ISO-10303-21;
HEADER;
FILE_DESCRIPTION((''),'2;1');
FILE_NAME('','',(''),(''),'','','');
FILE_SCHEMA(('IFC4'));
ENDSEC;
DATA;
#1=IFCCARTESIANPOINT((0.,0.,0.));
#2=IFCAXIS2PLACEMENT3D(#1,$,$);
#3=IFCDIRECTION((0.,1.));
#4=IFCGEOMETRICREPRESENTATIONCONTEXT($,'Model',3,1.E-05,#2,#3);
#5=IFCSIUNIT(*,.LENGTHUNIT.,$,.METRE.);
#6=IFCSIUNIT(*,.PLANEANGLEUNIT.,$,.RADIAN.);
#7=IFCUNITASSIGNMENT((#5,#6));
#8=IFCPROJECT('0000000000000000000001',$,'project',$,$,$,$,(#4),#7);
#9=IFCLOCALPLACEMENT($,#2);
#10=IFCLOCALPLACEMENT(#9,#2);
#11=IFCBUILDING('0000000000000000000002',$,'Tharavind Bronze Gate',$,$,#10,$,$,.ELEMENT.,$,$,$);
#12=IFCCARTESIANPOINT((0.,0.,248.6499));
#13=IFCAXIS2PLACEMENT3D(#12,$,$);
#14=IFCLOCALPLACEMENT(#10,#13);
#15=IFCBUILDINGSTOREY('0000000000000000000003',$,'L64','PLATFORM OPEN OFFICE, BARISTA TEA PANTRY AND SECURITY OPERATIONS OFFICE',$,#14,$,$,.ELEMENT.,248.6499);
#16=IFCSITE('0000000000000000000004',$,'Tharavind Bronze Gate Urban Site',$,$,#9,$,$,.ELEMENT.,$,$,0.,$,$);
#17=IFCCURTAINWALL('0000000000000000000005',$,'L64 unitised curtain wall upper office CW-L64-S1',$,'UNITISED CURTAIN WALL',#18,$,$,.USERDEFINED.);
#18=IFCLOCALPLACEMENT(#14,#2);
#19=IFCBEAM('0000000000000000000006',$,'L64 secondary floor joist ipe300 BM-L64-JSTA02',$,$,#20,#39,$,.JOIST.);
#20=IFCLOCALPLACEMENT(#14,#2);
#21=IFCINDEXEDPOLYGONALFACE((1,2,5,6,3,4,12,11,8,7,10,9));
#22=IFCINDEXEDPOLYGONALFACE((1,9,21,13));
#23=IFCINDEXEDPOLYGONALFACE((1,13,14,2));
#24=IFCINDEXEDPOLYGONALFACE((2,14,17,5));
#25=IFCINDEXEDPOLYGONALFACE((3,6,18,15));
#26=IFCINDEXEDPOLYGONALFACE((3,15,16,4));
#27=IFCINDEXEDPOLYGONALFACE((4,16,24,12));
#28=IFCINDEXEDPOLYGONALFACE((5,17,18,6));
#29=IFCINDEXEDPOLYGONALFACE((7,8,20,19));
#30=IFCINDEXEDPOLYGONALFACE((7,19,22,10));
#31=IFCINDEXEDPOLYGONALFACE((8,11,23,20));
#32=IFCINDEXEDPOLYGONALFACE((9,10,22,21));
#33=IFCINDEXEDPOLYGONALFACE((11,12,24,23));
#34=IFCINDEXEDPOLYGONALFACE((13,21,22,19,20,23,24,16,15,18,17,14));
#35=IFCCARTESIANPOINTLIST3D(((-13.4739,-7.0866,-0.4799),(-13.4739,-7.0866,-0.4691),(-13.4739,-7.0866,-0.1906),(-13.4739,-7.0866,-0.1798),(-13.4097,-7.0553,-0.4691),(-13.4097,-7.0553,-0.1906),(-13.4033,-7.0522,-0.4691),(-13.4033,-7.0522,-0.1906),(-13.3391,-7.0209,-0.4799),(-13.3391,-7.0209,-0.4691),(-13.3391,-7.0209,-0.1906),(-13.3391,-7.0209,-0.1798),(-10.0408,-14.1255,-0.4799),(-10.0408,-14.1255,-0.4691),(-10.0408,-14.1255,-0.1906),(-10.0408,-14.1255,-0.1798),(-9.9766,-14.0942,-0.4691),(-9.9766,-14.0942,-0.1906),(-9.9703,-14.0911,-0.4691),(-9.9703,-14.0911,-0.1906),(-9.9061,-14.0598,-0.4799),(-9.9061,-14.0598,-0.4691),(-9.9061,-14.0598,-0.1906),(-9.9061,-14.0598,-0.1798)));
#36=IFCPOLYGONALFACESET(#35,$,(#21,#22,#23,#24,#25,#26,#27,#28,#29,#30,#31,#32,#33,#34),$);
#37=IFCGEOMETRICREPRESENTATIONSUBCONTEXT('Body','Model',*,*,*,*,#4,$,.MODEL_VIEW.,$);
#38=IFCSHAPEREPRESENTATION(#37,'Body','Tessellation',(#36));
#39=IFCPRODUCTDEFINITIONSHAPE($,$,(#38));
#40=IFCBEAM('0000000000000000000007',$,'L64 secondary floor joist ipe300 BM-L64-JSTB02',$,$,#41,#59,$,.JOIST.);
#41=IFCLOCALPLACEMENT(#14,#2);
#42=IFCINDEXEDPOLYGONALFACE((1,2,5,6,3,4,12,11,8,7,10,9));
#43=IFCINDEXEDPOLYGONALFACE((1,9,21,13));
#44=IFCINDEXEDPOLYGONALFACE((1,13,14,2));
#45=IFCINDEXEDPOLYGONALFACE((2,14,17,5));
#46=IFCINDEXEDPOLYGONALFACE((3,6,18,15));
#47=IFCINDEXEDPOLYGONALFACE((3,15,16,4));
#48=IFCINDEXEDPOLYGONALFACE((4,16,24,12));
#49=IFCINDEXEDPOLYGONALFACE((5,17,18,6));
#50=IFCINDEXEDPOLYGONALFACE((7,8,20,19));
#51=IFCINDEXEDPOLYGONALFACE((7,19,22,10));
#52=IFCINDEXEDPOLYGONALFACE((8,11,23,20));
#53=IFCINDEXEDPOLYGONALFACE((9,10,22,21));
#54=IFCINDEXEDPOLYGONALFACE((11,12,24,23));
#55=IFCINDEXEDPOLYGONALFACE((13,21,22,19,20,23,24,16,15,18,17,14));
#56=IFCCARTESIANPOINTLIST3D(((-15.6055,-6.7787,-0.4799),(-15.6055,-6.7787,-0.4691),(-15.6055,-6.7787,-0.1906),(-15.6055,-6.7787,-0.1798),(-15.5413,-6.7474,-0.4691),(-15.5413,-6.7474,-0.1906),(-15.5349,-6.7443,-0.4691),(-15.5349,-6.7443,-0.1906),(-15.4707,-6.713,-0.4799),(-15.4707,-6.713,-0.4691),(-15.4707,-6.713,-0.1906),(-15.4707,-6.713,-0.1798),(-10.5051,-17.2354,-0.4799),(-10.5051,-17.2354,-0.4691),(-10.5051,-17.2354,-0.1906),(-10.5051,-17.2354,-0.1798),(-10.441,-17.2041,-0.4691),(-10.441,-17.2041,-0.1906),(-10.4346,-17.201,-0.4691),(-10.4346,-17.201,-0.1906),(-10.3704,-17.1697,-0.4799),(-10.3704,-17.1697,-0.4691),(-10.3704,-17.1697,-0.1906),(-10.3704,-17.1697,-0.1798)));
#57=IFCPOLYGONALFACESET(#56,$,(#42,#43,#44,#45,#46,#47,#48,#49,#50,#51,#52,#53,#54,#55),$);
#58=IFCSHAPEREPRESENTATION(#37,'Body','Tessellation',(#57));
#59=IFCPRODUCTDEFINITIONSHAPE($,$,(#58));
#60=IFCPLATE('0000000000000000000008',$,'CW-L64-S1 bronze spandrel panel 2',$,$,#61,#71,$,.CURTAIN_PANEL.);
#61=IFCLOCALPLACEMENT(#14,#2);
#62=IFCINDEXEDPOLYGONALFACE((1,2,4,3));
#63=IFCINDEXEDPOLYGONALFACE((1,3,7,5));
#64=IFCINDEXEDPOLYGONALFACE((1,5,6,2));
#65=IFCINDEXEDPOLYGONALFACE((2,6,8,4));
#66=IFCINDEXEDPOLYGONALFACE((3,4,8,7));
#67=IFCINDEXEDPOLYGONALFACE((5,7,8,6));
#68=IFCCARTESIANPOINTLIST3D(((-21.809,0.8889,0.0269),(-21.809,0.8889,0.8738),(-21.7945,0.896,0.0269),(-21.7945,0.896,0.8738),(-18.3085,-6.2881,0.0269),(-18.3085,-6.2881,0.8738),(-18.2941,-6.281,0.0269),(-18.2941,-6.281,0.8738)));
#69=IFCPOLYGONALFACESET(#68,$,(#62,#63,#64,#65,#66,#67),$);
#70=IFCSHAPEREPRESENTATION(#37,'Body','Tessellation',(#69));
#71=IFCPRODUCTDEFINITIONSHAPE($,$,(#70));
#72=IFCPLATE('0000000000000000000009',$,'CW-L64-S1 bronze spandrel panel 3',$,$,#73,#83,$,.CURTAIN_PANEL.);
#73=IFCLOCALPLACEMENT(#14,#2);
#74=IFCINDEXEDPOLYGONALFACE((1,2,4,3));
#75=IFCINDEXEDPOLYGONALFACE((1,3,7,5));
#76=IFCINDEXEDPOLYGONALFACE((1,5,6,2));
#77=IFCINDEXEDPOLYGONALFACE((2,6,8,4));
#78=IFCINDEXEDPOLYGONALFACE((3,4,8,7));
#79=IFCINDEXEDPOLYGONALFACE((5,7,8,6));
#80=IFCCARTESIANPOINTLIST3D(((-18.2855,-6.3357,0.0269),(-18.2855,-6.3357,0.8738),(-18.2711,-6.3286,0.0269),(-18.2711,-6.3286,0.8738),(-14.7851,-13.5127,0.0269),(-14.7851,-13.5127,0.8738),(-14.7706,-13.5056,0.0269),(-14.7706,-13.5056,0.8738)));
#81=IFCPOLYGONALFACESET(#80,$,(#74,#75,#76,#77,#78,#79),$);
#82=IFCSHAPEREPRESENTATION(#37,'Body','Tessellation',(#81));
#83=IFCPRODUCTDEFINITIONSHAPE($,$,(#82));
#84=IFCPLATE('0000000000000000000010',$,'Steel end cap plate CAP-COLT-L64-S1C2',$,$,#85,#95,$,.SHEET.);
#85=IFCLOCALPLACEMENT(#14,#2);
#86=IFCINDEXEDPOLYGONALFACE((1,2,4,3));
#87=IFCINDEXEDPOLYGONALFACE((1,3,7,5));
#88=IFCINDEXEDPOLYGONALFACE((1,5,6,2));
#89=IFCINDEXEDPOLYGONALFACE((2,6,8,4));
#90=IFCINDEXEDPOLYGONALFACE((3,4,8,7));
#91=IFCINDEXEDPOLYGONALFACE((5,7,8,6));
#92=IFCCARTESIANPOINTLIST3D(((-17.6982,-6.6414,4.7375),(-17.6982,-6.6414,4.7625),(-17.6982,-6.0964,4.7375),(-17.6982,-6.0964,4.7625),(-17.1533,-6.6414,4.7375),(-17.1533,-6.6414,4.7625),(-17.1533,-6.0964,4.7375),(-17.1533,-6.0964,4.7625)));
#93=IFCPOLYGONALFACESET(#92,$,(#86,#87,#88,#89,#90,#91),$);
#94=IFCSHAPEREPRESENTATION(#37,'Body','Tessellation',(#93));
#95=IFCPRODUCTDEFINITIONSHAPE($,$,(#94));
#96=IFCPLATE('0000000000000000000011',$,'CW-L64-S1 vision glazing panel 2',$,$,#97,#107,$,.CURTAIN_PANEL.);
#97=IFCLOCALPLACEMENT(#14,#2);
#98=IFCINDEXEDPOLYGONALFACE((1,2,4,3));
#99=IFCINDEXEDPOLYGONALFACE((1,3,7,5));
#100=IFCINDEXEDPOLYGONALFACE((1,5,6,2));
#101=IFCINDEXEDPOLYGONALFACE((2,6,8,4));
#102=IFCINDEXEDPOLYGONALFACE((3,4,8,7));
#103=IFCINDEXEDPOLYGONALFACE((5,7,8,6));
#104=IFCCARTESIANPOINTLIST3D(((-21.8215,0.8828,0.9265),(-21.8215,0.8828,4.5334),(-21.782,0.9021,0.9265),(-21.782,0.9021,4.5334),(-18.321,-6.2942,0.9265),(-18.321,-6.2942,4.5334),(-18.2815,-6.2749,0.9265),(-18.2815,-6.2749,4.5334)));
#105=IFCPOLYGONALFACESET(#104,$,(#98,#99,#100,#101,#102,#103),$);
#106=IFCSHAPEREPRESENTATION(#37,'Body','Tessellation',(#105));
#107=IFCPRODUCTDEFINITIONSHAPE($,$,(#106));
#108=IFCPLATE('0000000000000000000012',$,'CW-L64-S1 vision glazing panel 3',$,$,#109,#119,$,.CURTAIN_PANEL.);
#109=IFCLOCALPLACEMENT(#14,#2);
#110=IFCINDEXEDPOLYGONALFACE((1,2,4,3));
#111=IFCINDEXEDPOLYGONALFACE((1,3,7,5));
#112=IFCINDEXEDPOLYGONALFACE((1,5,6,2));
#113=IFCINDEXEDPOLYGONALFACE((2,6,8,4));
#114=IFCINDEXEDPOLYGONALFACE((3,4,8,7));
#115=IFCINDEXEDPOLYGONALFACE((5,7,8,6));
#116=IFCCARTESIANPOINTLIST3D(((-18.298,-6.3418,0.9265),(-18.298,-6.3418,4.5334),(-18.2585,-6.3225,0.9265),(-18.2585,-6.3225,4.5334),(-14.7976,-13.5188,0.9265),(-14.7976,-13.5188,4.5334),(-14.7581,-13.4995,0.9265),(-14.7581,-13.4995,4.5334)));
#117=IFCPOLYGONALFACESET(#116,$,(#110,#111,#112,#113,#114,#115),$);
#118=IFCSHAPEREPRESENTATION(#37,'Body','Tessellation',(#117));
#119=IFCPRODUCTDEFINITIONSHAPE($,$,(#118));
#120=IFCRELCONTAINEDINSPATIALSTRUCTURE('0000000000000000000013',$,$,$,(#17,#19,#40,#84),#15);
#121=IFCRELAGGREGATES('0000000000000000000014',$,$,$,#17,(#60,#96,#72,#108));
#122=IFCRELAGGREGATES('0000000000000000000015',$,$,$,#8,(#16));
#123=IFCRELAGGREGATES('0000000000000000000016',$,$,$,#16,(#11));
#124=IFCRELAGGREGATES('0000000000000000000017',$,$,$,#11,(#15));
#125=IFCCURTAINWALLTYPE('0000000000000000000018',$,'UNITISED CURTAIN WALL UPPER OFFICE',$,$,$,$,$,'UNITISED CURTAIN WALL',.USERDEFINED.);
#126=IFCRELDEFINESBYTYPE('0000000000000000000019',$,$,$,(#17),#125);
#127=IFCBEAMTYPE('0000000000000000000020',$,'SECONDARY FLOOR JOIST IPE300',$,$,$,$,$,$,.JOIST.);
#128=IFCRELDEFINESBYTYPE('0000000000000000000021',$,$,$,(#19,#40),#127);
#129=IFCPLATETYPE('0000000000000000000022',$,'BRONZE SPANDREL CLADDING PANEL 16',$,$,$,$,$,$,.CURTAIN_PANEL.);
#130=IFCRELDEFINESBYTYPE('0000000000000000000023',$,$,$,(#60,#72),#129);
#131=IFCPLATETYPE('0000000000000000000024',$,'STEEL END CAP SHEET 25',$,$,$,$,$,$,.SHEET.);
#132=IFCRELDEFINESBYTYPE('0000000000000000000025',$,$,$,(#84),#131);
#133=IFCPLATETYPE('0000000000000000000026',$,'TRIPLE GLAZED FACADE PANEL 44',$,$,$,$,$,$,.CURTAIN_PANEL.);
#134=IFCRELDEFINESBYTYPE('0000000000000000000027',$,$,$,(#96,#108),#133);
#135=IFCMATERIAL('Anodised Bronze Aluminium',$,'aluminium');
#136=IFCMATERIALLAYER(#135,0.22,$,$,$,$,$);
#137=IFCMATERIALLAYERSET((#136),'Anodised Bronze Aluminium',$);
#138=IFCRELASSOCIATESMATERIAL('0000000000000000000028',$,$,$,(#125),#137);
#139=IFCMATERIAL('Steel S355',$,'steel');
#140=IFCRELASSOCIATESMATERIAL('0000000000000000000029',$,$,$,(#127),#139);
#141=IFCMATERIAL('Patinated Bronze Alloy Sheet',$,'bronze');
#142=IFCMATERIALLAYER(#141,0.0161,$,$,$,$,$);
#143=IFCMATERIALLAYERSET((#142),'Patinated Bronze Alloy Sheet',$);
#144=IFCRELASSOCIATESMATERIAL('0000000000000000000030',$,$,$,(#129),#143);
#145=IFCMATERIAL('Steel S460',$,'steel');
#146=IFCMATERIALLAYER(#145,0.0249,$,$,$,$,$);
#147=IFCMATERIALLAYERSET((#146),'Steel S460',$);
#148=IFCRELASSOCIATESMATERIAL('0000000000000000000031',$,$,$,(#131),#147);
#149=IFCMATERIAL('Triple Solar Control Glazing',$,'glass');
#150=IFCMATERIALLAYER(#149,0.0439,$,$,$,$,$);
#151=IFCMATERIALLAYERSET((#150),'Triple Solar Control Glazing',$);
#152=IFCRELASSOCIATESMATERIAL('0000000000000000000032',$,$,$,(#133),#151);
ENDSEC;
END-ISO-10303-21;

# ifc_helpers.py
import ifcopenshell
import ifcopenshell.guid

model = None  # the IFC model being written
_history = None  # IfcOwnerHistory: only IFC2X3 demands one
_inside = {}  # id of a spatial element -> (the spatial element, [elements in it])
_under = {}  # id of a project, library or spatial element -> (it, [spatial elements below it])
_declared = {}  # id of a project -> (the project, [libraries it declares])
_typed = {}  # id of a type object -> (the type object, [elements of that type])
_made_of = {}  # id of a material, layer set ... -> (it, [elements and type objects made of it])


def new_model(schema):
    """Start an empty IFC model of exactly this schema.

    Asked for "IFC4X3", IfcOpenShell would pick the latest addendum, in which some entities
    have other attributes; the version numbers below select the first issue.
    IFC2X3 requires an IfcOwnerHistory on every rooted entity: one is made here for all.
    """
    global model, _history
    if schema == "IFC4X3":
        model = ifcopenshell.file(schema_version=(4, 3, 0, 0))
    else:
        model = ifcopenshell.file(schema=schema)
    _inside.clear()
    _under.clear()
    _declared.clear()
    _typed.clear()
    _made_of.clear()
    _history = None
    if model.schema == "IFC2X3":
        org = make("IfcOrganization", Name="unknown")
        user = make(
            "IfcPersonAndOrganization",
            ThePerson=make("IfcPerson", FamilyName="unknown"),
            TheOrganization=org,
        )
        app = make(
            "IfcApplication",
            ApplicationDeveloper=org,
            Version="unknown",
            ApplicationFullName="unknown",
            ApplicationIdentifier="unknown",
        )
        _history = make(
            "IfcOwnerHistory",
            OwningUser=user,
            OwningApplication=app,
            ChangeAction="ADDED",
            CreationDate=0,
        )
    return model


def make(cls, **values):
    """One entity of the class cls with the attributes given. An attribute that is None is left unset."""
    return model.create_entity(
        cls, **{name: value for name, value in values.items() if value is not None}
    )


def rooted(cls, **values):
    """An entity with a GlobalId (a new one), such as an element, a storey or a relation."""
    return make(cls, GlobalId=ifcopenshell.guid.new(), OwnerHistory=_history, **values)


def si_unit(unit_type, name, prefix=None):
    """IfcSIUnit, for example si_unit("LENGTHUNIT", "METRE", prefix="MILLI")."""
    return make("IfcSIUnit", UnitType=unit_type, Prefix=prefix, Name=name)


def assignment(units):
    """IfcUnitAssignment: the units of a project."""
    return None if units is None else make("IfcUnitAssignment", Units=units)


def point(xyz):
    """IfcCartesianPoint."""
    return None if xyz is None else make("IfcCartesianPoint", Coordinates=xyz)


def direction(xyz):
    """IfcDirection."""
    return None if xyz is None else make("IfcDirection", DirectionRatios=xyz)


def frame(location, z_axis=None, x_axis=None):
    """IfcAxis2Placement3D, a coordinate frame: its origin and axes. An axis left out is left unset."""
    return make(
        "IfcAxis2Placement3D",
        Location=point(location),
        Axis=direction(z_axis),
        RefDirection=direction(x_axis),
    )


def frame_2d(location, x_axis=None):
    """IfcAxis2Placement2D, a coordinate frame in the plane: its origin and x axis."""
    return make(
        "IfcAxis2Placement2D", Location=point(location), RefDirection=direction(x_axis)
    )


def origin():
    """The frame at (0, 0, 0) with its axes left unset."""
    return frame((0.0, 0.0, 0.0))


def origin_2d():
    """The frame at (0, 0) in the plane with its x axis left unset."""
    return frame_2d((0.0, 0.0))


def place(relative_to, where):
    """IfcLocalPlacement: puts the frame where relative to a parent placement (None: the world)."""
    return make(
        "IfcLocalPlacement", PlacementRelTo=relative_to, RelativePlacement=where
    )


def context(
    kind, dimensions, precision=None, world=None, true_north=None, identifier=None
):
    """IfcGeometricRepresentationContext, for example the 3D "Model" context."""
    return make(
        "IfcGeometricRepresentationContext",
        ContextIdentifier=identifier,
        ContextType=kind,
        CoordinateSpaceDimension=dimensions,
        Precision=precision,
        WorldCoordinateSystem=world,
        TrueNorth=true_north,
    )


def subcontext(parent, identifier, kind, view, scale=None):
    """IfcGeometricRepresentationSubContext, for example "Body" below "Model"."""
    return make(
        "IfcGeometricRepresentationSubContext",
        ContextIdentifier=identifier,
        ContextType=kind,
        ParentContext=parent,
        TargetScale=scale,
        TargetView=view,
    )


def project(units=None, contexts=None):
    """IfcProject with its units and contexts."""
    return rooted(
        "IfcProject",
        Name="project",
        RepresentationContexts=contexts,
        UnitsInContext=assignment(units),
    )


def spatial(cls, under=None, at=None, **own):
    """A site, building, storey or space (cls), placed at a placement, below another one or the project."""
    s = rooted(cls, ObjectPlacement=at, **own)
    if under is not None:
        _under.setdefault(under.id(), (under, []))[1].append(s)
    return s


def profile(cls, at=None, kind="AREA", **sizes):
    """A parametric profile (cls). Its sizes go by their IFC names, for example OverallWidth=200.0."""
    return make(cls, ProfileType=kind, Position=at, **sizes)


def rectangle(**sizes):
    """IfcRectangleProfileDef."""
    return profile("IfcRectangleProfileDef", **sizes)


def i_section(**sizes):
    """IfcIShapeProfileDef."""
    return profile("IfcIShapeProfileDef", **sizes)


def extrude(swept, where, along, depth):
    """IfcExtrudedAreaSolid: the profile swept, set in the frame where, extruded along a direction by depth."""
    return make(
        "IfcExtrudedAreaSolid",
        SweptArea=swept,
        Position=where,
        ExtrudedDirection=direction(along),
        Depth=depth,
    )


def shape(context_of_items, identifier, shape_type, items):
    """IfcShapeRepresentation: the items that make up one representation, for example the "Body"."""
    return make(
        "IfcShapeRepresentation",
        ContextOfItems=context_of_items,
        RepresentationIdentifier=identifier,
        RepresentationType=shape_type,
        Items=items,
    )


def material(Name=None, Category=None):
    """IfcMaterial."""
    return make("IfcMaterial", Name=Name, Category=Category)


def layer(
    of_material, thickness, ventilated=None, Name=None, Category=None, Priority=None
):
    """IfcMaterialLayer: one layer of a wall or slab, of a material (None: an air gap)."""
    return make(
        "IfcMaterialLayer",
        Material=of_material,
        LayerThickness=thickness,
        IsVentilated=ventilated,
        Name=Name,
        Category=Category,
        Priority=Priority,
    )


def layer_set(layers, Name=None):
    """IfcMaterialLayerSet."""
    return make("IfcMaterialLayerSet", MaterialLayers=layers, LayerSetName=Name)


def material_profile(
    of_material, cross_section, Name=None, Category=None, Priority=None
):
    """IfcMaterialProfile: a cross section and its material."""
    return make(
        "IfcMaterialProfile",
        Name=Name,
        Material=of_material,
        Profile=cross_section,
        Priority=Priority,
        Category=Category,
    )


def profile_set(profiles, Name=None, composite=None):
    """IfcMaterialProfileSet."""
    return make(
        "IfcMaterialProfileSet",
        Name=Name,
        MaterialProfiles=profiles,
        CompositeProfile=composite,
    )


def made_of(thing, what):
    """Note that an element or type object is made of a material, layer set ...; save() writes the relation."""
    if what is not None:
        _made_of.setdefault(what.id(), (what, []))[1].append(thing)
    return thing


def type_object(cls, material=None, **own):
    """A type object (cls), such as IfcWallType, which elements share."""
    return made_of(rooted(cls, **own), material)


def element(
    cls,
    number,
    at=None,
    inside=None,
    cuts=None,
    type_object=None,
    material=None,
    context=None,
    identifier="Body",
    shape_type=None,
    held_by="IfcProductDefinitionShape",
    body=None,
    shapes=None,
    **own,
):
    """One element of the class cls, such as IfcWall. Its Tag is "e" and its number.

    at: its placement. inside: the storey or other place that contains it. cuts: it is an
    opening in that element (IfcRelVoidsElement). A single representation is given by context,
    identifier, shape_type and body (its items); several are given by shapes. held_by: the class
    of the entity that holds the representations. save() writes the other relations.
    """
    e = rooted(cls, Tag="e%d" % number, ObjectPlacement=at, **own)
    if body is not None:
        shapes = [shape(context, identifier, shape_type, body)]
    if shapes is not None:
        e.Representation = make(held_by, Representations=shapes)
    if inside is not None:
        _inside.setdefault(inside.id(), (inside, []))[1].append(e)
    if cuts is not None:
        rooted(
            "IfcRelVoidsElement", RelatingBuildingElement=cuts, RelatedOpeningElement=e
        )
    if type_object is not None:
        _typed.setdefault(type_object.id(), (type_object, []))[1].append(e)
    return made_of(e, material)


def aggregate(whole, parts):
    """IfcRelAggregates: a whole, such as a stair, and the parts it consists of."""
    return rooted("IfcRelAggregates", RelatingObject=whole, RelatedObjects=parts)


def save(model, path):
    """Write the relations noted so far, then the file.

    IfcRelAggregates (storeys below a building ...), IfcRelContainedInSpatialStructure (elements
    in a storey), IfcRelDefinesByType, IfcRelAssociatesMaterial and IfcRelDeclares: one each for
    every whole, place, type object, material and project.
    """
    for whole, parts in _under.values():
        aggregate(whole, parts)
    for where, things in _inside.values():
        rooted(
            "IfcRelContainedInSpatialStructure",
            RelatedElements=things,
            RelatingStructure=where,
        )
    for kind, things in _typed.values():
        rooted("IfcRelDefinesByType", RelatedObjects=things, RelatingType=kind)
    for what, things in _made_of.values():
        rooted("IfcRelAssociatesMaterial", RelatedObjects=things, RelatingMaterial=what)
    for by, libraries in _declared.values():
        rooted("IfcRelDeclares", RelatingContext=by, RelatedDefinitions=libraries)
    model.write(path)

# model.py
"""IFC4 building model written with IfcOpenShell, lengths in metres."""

from ifc_helpers import new_model, si_unit, direction, frame, origin, origin_2d, place, context, subcontext, project, spatial, rectangle, i_section, extrude, material, layer, layer_set, material_profile, profile_set, type_object, element, aggregate, save


model = new_model("IFC4")

# Units and contexts
model_context = context("Model", 3, precision=1e-05, world=origin(), true_north=direction((0.0, 1.0)))
body_context = subcontext(model_context, "Body", "Model", "MODEL_VIEW")
ifc_project = project(units=[si_unit("LENGTHUNIT", "METRE"), si_unit("PLANEANGLEUNIT", "RADIAN")], contexts=[model_context])

# Site, building, storey
site_placement = place(None, origin())
site = spatial("IfcSite", under=ifc_project, at=site_placement, Name="Tharavind Bronze Gate Urban Site", CompositionType="ELEMENT", RefElevation=0.0)
building_placement = place(site_placement, origin())
building = spatial("IfcBuilding", under=site, at=building_placement, Name="Tharavind Bronze Gate", CompositionType="ELEMENT")
storey_placement = place(building_placement, frame((0.0, 0.0, 248.6499)))
storey = spatial("IfcBuildingStorey", under=building, at=storey_placement, Name="L64", Description="PLATFORM OPEN OFFICE, BARISTA TEA PANTRY AND SECURITY OPERATIONS OFFICE", CompositionType="ELEMENT", Elevation=248.6499)

# Shared definitions
ifc_material_1 = material(Name="Steel S460", Category="steel")

# Curtain wall
ifc_material_2 = material(Name="Anodised Bronze Aluminium", Category="aluminium")
ifc_layer_1 = layer(ifc_material_2, 0.22)
ifc_layer_set_1 = layer_set([ifc_layer_1], Name="Anodised Bronze Aluminium")
curtain_wall_type = type_object("IfcCurtainWallType", Name="UNITISED CURTAIN WALL UPPER OFFICE", ElementType="UNITISED CURTAIN WALL", PredefinedType="USERDEFINED", material=ifc_layer_set_1)
curtain_wall_placement = place(storey_placement, origin())
curtain_wall = element("IfcCurtainWall", 1, at=curtain_wall_placement, inside=storey, type_object=curtain_wall_type, Name="L64 unitised curtain wall upper office CW-L64-S1", ObjectType="UNITISED CURTAIN WALL", PredefinedType="USERDEFINED")

# Beams
ifc_material_3 = material(Name="Steel S355", Category="steel")
ifc_material_profile_1 = material_profile(ifc_material_3, i_section(OverallWidth=0.1499, OverallDepth=0.3, WebThickness=0.0071, FlangeThickness=0.0107, at=origin_2d()), Name="IPE300")
ifc_profile_set_1 = profile_set([ifc_material_profile_1], Name="Steel S355")
beam_type_1 = type_object("IfcBeamType", Name="SECONDARY FLOOR JOIST IPE300", PredefinedType="JOIST", material=ifc_profile_set_1)
beam_1_placement = place(storey_placement, frame((-13.4065, -7.0537, -0.3298), z_axis=(0.438363, -0.898798, 0.0), x_axis=(0.898798, 0.438363, 0.0)))
element("IfcBeam", 2, at=beam_1_placement, inside=storey, type_object=beam_type_1, Name="L64 secondary floor joist ipe300 BM-L64-JSTA02", PredefinedType="JOIST", context=body_context, shape_type="SweptSolid", body=[
    extrude(i_section(OverallWidth=0.1499, OverallDepth=0.3, WebThickness=0.0071, FlangeThickness=0.0107, at=origin_2d()), origin(), (0.0, 0.0, 1.0), 7.8315),
])
beam_2_placement = place(storey_placement, frame((-15.5381, -6.7458, -0.3298), z_axis=(0.438387, -0.898786, 0.0), x_axis=(0.898786, 0.438387, 0.0)))
element("IfcBeam", 3, at=beam_2_placement, inside=storey, type_object=beam_type_1, Name="L64 secondary floor joist ipe300 BM-L64-JSTB02", PredefinedType="JOIST", context=body_context, shape_type="SweptSolid", body=[
    extrude(i_section(OverallWidth=0.1499, OverallDepth=0.3, WebThickness=0.0071, FlangeThickness=0.0107, at=origin_2d()), origin(), (0.0, 0.0, 1.0), 11.6343),
])

# Plates
ifc_material_4 = material(Name="Patinated Bronze Alloy Sheet", Category="bronze")
ifc_layer_2 = layer(ifc_material_4, 0.0161)
ifc_layer_set_2 = layer_set([ifc_layer_2], Name="Patinated Bronze Alloy Sheet")
plate_type_1 = type_object("IfcPlateType", Name="BRONZE SPANDREL CLADDING PANEL 16", PredefinedType="CURTAIN_PANEL", material=ifc_layer_set_2)
plate_1_placement = place(storey_placement, frame((-20.0515, -2.696, 0.0269), z_axis=(0.0, 0.0, 1.0), x_axis=(0.438371, -0.898794, 0.0)))
plate_1 = element("IfcPlate", 4, at=plate_1_placement, type_object=plate_type_1, Name="CW-L64-S1 bronze spandrel panel 2", PredefinedType="CURTAIN_PANEL", context=body_context, shape_type="SweptSolid", body=[
    extrude(rectangle(XDim=7.9851, YDim=0.0161, at=origin_2d()), origin(), (0.0, 0.0, 1.0), 0.8469),
])
plate_2_placement = place(storey_placement, frame((-16.5281, -9.9207, 0.0269), z_axis=(0.0, 0.0, 1.0), x_axis=(0.438371, -0.898794, 0.0)))
plate_2 = element("IfcPlate", 5, at=plate_2_placement, type_object=plate_type_1, Name="CW-L64-S1 bronze spandrel panel 3", PredefinedType="CURTAIN_PANEL", context=body_context, shape_type="SweptSolid", body=[
    extrude(rectangle(XDim=7.9851, YDim=0.0161, at=origin_2d()), origin(), (0.0, 0.0, 1.0), 0.8469),
])
ifc_layer_3 = layer(ifc_material_1, 0.0249)
ifc_layer_set_3 = layer_set([ifc_layer_3], Name="Steel S460")
plate_type_2 = type_object("IfcPlateType", Name="STEEL END CAP SHEET 25", PredefinedType="SHEET", material=ifc_layer_set_3)
plate_3_placement = place(storey_placement, frame((-17.4258, -6.3689, 4.7375), z_axis=(0.0, 0.0, 1.0), x_axis=(1.0, 0.0, 0.0)))
element("IfcPlate", 6, at=plate_3_placement, inside=storey, type_object=plate_type_2, Name="Steel end cap plate CAP-COLT-L64-S1C2", PredefinedType="SHEET", context=body_context, shape_type="SweptSolid", body=[
    extrude(rectangle(XDim=0.5449, YDim=0.5449, at=origin_2d()), origin(), (0.0, 0.0, 1.0), 0.0249),
])
ifc_material_5 = material(Name="Triple Solar Control Glazing", Category="glass")
ifc_layer_4 = layer(ifc_material_5, 0.0439)
ifc_layer_set_4 = layer_set([ifc_layer_4], Name="Triple Solar Control Glazing")
plate_type_3 = type_object("IfcPlateType", Name="TRIPLE GLAZED FACADE PANEL 44", PredefinedType="CURTAIN_PANEL", material=ifc_layer_set_4)
plate_4_placement = place(storey_placement, frame((-20.0515, -2.696, 0.9265), z_axis=(0.0, 0.0, 1.0), x_axis=(0.438371, -0.898794, 0.0)))
plate_4 = element("IfcPlate", 7, at=plate_4_placement, type_object=plate_type_3, Name="CW-L64-S1 vision glazing panel 2", PredefinedType="CURTAIN_PANEL", context=body_context, shape_type="SweptSolid", body=[
    extrude(rectangle(XDim=7.9851, YDim=0.0439, at=origin_2d()), origin(), (0.0, 0.0, 1.0), 3.6069),
])
plate_5_placement = place(storey_placement, frame((-16.5281, -9.9207, 0.9265), z_axis=(0.0, 0.0, 1.0), x_axis=(0.438371, -0.898794, 0.0)))
plate_5 = element("IfcPlate", 8, at=plate_5_placement, type_object=plate_type_3, Name="CW-L64-S1 vision glazing panel 3", PredefinedType="CURTAIN_PANEL", context=body_context, shape_type="SweptSolid", body=[
    extrude(rectangle(XDim=7.9851, YDim=0.0439, at=origin_2d()), origin(), (0.0, 0.0, 1.0), 3.6069),
])
aggregate(curtain_wall, [plate_1, plate_4, plate_2, plate_5])

save(model, "model.ifc")
